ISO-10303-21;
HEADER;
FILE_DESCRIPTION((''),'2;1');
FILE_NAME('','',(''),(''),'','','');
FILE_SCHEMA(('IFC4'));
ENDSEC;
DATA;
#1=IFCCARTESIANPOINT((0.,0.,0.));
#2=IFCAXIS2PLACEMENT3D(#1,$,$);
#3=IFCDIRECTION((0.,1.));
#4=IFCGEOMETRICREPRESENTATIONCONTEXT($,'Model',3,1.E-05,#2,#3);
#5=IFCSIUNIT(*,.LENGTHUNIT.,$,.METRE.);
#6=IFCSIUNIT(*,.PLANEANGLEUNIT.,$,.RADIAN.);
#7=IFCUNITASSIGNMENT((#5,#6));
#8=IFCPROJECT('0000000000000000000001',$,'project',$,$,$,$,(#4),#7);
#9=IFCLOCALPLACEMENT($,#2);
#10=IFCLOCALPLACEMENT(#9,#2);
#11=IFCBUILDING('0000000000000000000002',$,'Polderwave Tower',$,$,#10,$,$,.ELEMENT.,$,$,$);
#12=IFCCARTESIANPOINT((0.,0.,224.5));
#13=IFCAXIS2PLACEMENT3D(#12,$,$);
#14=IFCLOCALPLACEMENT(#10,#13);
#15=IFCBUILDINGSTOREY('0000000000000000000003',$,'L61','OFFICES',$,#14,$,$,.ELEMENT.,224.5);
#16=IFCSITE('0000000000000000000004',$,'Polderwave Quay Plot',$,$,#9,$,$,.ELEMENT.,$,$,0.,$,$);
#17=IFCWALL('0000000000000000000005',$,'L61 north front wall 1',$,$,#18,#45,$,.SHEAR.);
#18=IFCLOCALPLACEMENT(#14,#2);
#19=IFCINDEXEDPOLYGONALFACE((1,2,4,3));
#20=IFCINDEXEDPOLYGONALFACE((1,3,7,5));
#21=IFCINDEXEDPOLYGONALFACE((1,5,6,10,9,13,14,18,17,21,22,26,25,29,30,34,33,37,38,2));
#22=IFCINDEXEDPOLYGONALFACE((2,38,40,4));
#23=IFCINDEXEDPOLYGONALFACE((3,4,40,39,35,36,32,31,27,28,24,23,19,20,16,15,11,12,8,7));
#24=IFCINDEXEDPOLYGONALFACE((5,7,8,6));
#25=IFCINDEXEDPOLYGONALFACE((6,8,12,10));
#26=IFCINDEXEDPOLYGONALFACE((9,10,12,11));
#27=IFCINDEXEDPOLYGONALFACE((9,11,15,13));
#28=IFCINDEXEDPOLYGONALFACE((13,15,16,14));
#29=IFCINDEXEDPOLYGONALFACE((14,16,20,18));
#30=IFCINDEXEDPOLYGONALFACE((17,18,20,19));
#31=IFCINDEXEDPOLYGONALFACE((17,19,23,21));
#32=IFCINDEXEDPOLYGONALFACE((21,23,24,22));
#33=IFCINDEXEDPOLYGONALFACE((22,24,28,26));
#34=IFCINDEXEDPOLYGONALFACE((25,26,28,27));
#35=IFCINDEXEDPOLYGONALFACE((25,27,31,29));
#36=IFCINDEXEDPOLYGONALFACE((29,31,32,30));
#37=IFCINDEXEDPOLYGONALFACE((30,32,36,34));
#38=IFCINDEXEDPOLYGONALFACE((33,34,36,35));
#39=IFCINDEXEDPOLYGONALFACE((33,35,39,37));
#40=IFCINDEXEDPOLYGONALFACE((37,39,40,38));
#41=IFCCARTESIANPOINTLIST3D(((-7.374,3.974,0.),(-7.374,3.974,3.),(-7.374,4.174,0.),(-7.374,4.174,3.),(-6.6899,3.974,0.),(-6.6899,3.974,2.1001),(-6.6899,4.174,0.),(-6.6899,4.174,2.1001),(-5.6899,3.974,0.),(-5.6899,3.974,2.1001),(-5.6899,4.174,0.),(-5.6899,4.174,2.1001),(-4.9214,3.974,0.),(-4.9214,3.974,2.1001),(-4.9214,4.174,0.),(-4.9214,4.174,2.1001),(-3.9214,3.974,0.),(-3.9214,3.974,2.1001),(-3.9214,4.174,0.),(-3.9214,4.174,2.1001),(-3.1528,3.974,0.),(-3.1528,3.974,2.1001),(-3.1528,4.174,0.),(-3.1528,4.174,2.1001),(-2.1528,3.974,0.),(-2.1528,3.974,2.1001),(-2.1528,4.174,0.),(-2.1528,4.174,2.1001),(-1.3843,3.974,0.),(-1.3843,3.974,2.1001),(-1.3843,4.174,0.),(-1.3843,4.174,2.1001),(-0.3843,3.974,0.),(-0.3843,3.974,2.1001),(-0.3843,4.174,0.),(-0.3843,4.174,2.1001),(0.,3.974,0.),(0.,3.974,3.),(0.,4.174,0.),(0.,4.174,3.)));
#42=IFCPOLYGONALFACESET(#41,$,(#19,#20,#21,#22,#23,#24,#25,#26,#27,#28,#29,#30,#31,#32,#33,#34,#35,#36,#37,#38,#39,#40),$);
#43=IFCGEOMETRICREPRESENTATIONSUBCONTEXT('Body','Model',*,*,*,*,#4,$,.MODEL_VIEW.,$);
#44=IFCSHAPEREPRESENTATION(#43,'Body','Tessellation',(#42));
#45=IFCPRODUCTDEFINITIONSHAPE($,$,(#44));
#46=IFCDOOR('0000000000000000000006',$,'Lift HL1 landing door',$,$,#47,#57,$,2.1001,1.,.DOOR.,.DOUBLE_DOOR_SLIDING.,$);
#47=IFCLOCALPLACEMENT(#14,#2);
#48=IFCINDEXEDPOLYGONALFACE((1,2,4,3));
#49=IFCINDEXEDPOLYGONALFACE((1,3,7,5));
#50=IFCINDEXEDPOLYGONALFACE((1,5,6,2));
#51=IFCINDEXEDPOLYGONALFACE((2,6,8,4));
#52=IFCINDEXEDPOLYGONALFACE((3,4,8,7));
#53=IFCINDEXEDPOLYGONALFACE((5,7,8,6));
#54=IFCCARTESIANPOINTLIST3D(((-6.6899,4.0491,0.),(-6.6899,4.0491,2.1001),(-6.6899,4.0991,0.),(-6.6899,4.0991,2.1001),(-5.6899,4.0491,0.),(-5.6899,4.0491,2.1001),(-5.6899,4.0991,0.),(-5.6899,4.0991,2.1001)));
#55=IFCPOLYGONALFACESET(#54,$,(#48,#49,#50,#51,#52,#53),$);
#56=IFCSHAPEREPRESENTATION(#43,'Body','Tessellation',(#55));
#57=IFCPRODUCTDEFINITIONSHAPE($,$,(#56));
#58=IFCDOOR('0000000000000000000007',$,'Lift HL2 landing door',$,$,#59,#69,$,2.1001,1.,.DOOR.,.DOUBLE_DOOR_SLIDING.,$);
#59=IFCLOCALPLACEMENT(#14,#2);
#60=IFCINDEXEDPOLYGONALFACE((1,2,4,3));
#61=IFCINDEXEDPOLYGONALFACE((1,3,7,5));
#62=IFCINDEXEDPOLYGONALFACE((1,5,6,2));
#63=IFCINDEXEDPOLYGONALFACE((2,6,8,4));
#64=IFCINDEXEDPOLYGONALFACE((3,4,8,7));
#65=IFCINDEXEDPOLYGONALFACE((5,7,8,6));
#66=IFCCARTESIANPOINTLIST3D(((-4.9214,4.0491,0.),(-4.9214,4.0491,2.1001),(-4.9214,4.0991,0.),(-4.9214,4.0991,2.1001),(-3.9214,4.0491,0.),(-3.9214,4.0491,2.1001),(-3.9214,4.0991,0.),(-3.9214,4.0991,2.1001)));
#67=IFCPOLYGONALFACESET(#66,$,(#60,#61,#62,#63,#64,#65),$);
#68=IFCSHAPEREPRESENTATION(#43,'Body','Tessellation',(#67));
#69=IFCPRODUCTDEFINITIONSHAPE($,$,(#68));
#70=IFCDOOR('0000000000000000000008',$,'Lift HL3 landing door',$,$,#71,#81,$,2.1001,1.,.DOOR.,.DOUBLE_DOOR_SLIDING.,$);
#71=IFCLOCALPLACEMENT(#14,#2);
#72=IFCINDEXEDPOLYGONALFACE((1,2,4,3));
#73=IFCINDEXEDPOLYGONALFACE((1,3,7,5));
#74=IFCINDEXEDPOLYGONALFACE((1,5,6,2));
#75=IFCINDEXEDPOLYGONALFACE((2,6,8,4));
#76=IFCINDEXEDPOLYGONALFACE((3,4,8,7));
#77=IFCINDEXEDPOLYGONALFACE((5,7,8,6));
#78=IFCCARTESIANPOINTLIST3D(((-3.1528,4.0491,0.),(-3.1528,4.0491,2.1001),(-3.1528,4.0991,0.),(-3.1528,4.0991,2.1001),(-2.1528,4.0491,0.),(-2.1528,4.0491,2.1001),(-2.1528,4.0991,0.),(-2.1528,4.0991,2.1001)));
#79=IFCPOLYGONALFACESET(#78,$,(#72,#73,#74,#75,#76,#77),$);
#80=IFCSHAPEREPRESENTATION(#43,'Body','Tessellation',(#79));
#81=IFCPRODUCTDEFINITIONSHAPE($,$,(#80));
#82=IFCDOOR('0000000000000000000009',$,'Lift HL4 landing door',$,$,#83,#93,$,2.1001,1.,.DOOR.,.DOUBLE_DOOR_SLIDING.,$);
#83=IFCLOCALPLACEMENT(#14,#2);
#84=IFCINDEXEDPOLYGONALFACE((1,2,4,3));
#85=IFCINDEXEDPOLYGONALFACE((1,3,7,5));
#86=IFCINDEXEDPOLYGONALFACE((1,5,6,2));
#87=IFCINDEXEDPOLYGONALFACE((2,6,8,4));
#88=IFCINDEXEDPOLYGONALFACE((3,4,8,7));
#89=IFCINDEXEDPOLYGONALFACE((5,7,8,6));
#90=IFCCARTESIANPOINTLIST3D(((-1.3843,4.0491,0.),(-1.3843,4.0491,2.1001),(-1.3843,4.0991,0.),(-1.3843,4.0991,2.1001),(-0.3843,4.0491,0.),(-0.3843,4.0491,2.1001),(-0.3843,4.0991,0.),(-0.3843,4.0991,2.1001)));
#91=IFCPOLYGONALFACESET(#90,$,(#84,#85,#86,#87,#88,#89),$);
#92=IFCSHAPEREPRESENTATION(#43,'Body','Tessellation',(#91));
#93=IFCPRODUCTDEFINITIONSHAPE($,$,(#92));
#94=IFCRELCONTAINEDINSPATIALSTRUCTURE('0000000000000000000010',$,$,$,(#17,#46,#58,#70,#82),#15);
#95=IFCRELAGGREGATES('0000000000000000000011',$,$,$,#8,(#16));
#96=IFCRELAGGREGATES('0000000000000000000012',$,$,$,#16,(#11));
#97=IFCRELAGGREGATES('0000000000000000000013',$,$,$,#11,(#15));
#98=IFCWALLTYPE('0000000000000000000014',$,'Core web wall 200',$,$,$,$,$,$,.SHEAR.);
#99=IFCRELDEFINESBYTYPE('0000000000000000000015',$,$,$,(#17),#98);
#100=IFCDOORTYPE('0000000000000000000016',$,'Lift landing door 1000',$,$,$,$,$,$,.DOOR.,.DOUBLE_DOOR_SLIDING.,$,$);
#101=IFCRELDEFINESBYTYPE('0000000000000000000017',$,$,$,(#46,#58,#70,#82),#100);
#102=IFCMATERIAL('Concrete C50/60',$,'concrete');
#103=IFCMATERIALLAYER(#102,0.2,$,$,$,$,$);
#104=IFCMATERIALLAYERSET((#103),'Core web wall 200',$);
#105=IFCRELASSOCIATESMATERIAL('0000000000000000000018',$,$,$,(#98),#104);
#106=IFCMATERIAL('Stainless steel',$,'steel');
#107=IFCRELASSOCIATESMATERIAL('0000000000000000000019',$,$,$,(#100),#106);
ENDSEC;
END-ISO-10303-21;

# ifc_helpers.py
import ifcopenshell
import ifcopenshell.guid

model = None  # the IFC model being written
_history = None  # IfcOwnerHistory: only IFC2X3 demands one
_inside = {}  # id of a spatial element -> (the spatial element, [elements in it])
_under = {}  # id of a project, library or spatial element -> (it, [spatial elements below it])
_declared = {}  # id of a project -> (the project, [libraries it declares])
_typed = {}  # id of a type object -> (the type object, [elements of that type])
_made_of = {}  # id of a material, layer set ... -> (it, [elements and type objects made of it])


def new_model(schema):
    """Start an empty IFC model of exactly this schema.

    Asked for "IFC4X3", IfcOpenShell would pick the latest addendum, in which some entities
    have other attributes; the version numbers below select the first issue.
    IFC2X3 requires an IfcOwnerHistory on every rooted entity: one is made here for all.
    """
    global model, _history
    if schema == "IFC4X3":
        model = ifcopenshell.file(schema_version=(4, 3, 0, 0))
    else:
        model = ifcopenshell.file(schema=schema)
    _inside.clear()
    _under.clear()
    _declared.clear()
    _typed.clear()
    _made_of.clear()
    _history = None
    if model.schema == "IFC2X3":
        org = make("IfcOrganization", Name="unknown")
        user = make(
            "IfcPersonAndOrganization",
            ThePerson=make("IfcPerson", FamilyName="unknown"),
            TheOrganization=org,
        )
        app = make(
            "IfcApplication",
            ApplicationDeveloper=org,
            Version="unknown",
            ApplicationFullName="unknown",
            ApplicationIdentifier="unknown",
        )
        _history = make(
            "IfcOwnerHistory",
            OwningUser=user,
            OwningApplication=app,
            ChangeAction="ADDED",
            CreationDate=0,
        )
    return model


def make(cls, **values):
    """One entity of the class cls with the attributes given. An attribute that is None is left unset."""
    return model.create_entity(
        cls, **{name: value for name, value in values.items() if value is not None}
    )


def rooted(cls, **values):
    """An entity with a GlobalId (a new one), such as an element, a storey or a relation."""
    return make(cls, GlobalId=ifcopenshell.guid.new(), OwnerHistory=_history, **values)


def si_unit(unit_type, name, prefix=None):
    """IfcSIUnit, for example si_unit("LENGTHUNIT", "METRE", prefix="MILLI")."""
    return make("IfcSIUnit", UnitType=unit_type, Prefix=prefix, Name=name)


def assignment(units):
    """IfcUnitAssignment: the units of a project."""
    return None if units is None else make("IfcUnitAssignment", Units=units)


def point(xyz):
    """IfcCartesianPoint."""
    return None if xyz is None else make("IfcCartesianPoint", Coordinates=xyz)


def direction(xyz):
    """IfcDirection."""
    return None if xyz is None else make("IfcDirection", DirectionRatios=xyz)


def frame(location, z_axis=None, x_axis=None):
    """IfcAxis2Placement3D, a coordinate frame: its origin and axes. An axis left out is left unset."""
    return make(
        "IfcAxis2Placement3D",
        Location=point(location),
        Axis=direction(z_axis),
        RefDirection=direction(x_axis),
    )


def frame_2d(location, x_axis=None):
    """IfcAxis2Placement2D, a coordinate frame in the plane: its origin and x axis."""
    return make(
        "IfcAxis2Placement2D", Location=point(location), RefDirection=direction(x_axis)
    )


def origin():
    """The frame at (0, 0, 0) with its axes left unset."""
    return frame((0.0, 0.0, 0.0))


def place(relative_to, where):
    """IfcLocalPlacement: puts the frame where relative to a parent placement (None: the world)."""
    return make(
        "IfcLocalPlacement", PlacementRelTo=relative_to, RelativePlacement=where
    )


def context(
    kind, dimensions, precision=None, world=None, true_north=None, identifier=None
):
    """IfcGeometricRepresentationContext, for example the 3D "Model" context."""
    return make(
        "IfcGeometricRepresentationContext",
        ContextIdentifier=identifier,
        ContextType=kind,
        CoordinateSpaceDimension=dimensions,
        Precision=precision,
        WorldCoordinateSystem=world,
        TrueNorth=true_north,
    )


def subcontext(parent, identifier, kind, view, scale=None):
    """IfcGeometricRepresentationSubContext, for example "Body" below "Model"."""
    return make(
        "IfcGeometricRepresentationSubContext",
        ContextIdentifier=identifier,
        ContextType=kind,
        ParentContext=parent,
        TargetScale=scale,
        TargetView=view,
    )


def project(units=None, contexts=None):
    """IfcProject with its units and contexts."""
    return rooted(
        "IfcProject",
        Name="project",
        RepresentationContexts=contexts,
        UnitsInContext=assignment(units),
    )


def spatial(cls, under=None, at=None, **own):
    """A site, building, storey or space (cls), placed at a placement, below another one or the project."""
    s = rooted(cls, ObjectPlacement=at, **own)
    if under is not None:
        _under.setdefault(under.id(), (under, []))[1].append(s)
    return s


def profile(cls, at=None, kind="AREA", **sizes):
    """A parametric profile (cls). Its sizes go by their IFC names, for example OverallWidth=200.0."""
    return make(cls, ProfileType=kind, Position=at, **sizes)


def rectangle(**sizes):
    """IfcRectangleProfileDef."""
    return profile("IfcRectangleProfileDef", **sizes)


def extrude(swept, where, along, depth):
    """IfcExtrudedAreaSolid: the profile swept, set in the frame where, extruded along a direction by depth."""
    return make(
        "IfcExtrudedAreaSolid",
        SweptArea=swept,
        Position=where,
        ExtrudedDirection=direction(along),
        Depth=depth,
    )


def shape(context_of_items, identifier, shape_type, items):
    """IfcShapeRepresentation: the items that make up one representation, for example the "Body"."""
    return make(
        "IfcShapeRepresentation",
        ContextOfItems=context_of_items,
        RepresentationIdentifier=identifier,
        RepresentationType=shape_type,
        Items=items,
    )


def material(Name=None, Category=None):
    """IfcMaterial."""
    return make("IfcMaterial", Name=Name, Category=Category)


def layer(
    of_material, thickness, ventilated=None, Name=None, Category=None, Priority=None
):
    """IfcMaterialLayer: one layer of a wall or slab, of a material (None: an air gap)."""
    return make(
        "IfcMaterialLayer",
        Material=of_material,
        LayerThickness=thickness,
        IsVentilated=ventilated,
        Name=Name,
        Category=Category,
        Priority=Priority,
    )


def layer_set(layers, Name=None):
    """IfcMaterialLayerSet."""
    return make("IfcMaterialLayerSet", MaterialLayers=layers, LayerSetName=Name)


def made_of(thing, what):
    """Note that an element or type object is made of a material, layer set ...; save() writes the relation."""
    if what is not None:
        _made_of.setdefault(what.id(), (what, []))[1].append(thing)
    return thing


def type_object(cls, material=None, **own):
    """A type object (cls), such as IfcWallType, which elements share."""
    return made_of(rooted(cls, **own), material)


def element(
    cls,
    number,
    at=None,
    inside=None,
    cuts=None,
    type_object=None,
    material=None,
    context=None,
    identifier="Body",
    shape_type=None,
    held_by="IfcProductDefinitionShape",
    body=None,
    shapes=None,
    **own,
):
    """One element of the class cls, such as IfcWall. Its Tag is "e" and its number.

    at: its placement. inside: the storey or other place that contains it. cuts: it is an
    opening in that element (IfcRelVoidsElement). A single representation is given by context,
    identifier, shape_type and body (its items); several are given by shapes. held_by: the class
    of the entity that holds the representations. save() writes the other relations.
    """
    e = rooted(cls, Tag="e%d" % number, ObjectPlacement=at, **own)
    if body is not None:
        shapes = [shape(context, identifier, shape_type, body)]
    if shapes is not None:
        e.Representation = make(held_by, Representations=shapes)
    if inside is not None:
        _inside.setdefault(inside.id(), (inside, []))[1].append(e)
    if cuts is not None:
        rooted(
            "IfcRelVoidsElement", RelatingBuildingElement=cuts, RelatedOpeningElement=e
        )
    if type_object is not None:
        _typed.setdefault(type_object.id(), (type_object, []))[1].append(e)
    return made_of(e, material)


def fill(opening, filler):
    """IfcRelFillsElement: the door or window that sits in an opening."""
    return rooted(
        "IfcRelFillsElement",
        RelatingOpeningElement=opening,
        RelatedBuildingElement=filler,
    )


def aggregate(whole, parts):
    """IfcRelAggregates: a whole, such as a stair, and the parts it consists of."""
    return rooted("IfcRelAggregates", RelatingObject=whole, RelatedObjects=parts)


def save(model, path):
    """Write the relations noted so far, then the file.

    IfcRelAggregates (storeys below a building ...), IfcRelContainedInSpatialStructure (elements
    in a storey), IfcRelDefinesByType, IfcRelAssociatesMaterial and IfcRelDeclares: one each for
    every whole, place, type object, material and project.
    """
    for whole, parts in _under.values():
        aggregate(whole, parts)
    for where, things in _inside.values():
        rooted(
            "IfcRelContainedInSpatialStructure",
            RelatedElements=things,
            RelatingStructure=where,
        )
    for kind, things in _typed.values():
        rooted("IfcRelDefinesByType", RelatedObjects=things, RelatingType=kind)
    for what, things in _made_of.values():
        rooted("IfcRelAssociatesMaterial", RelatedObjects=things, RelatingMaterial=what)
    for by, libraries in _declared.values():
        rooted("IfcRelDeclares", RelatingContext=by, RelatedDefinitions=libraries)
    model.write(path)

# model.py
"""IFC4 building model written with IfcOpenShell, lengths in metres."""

from ifc_helpers import new_model, si_unit, direction, frame, frame_2d, origin, place, context, subcontext, project, spatial, rectangle, extrude, material, layer, layer_set, type_object, element, fill, save


model = new_model("IFC4")

# Units and contexts
model_context = context("Model", 3, precision=1e-05, world=origin(), true_north=direction((0.0, 1.0)))
body_context = subcontext(model_context, "Body", "Model", "MODEL_VIEW")
ifc_project = project(units=[si_unit("LENGTHUNIT", "METRE"), si_unit("PLANEANGLEUNIT", "RADIAN")], contexts=[model_context])

# Site, building, storey
site_placement = place(None, origin())
site = spatial("IfcSite", under=ifc_project, at=site_placement, Name="Polderwave Quay Plot", CompositionType="ELEMENT", RefElevation=0.0)
building_placement = place(site_placement, origin())
building = spatial("IfcBuilding", under=site, at=building_placement, Name="Polderwave Tower", CompositionType="ELEMENT")
storey_placement = place(building_placement, frame((0.0, 0.0, 224.5)))
storey = spatial("IfcBuildingStorey", under=building, at=storey_placement, Name="L61", Description="OFFICES", CompositionType="ELEMENT", Elevation=224.5)

# Wall, openings, doors
ifc_material_1 = material(Name="Concrete C50/60", Category="concrete")
ifc_layer_1 = layer(ifc_material_1, 0.2)
ifc_layer_set_1 = layer_set([ifc_layer_1], Name="Core web wall 200")
wall_type_1 = type_object("IfcWallType", Name="Core web wall 200", PredefinedType="SHEAR", material=ifc_layer_set_1)
wall_1_placement = place(storey_placement, frame((-7.374, 4.074, 0.0), z_axis=(0.0, 0.0, 1.0), x_axis=(1.0, 0.0, 0.0)))
wall_1 = element("IfcWall", 1, at=wall_1_placement, inside=storey, type_object=wall_type_1, Name="L61 north front wall 1", PredefinedType="SHEAR", context=body_context, shape_type="SweptSolid", body=[
    extrude(rectangle(XDim=7.374, YDim=0.2, at=frame_2d((3.687, 0.0))), origin(), (0.0, 0.0, 1.0), 3.0),
])
opening_1_placement = place(wall_1_placement, frame((0.6841, 0.0, 0.0)))
opening_1 = element("IfcOpeningElement", 2, at=opening_1_placement, cuts=wall_1, PredefinedType="OPENING", context=body_context, shape_type="SweptSolid", body=[
    extrude(rectangle(XDim=1.0, YDim=2.1001, at=frame_2d((0.5, 1.05))), frame((0.0, 0.1099, 0.0), z_axis=(0.0, -1.0, 0.0), x_axis=(1.0, 0.0, 0.0)), (0.0, 0.0, 1.0), 0.22),
])
opening_2_placement = place(wall_1_placement, frame((2.4526, 0.0, 0.0)))
opening_2 = element("IfcOpeningElement", 3, at=opening_2_placement, cuts=wall_1, PredefinedType="OPENING", context=body_context, shape_type="SweptSolid", body=[
    extrude(rectangle(XDim=1.0, YDim=2.1001, at=frame_2d((0.5, 1.05))), frame((0.0, 0.1099, 0.0), z_axis=(0.0, -1.0, 0.0), x_axis=(1.0, 0.0, 0.0)), (0.0, 0.0, 1.0), 0.22),
])
opening_3_placement = place(wall_1_placement, frame((4.2212, 0.0, 0.0)))
opening_3 = element("IfcOpeningElement", 4, at=opening_3_placement, cuts=wall_1, PredefinedType="OPENING", context=body_context, shape_type="SweptSolid", body=[
    extrude(rectangle(XDim=1.0, YDim=2.1001, at=frame_2d((0.5, 1.05))), frame((0.0, 0.1099, 0.0), z_axis=(0.0, -1.0, 0.0), x_axis=(1.0, 0.0, 0.0)), (0.0, 0.0, 1.0), 0.22),
])
opening_4_placement = place(wall_1_placement, frame((5.9897, 0.0, 0.0)))
opening_4 = element("IfcOpeningElement", 5, at=opening_4_placement, cuts=wall_1, PredefinedType="OPENING", context=body_context, shape_type="SweptSolid", body=[
    extrude(rectangle(XDim=1.0, YDim=2.1001, at=frame_2d((0.5, 1.05))), frame((0.0, 0.1099, 0.0), z_axis=(0.0, -1.0, 0.0), x_axis=(1.0, 0.0, 0.0)), (0.0, 0.0, 1.0), 0.22),
])
ifc_material_2 = material(Name="Stainless steel", Category="steel")
door_type_1 = type_object("IfcDoorType", Name="Lift landing door 1000", OperationType="DOUBLE_DOOR_SLIDING", PredefinedType="DOOR", material=ifc_material_2)
door_1_placement = place(opening_1_placement, frame((1.0, 0.0, 0.0), z_axis=(0.0, 0.0, 1.0), x_axis=(-1.0, 0.0, 0.0)))
door_1 = element("IfcDoor", 6, at=door_1_placement, inside=storey, type_object=door_type_1, Name="Lift HL1 landing door", OperationType="DOUBLE_DOOR_SLIDING", OverallHeight=2.1001, OverallWidth=1.0, PredefinedType="DOOR", context=body_context, shape_type="SweptSolid", body=[
    extrude(rectangle(XDim=1.0, YDim=2.1001, at=frame_2d((0.5, 1.05))), frame((0.0, 0.0249, 0.0), z_axis=(0.0, -1.0, 0.0), x_axis=(1.0, 0.0, 0.0)), (0.0, 0.0, 1.0), 0.05),
])
fill(opening_1, door_1)
door_2_placement = place(opening_2_placement, frame((1.0, 0.0, 0.0), z_axis=(0.0, 0.0, 1.0), x_axis=(-1.0, 0.0, 0.0)))
door_2 = element("IfcDoor", 7, at=door_2_placement, inside=storey, type_object=door_type_1, Name="Lift HL2 landing door", OperationType="DOUBLE_DOOR_SLIDING", OverallHeight=2.1001, OverallWidth=1.0, PredefinedType="DOOR", context=body_context, shape_type="SweptSolid", body=[
    extrude(rectangle(XDim=1.0, YDim=2.1001, at=frame_2d((0.5, 1.05))), frame((0.0, 0.0249, 0.0), z_axis=(0.0, -1.0, 0.0), x_axis=(1.0, 0.0, 0.0)), (0.0, 0.0, 1.0), 0.05),
])
fill(opening_2, door_2)
door_3_placement = place(opening_3_placement, frame((1.0, 0.0, 0.0), z_axis=(0.0, 0.0, 1.0), x_axis=(-1.0, 0.0, 0.0)))
door_3 = element("IfcDoor", 8, at=door_3_placement, inside=storey, type_object=door_type_1, Name="Lift HL3 landing door", OperationType="DOUBLE_DOOR_SLIDING", OverallHeight=2.1001, OverallWidth=1.0, PredefinedType="DOOR", context=body_context, shape_type="SweptSolid", body=[
    extrude(rectangle(XDim=1.0, YDim=2.1001, at=frame_2d((0.5, 1.05))), frame((0.0, 0.0249, 0.0), z_axis=(0.0, -1.0, 0.0), x_axis=(1.0, 0.0, 0.0)), (0.0, 0.0, 1.0), 0.05),
])
fill(opening_3, door_3)
door_4_placement = place(opening_4_placement, frame((1.0, 0.0, 0.0), z_axis=(0.0, 0.0, 1.0), x_axis=(-1.0, 0.0, 0.0)))
door_4 = element("IfcDoor", 9, at=door_4_placement, inside=storey, type_object=door_type_1, Name="Lift HL4 landing door", OperationType="DOUBLE_DOOR_SLIDING", OverallHeight=2.1001, OverallWidth=1.0, PredefinedType="DOOR", context=body_context, shape_type="SweptSolid", body=[
    extrude(rectangle(XDim=1.0, YDim=2.1001, at=frame_2d((0.5, 1.05))), frame((0.0, 0.0249, 0.0), z_axis=(0.0, -1.0, 0.0), x_axis=(1.0, 0.0, 0.0)), (0.0, 0.0, 1.0), 0.05),
])
fill(opening_4, door_4)

save(model, "model.ifc")
